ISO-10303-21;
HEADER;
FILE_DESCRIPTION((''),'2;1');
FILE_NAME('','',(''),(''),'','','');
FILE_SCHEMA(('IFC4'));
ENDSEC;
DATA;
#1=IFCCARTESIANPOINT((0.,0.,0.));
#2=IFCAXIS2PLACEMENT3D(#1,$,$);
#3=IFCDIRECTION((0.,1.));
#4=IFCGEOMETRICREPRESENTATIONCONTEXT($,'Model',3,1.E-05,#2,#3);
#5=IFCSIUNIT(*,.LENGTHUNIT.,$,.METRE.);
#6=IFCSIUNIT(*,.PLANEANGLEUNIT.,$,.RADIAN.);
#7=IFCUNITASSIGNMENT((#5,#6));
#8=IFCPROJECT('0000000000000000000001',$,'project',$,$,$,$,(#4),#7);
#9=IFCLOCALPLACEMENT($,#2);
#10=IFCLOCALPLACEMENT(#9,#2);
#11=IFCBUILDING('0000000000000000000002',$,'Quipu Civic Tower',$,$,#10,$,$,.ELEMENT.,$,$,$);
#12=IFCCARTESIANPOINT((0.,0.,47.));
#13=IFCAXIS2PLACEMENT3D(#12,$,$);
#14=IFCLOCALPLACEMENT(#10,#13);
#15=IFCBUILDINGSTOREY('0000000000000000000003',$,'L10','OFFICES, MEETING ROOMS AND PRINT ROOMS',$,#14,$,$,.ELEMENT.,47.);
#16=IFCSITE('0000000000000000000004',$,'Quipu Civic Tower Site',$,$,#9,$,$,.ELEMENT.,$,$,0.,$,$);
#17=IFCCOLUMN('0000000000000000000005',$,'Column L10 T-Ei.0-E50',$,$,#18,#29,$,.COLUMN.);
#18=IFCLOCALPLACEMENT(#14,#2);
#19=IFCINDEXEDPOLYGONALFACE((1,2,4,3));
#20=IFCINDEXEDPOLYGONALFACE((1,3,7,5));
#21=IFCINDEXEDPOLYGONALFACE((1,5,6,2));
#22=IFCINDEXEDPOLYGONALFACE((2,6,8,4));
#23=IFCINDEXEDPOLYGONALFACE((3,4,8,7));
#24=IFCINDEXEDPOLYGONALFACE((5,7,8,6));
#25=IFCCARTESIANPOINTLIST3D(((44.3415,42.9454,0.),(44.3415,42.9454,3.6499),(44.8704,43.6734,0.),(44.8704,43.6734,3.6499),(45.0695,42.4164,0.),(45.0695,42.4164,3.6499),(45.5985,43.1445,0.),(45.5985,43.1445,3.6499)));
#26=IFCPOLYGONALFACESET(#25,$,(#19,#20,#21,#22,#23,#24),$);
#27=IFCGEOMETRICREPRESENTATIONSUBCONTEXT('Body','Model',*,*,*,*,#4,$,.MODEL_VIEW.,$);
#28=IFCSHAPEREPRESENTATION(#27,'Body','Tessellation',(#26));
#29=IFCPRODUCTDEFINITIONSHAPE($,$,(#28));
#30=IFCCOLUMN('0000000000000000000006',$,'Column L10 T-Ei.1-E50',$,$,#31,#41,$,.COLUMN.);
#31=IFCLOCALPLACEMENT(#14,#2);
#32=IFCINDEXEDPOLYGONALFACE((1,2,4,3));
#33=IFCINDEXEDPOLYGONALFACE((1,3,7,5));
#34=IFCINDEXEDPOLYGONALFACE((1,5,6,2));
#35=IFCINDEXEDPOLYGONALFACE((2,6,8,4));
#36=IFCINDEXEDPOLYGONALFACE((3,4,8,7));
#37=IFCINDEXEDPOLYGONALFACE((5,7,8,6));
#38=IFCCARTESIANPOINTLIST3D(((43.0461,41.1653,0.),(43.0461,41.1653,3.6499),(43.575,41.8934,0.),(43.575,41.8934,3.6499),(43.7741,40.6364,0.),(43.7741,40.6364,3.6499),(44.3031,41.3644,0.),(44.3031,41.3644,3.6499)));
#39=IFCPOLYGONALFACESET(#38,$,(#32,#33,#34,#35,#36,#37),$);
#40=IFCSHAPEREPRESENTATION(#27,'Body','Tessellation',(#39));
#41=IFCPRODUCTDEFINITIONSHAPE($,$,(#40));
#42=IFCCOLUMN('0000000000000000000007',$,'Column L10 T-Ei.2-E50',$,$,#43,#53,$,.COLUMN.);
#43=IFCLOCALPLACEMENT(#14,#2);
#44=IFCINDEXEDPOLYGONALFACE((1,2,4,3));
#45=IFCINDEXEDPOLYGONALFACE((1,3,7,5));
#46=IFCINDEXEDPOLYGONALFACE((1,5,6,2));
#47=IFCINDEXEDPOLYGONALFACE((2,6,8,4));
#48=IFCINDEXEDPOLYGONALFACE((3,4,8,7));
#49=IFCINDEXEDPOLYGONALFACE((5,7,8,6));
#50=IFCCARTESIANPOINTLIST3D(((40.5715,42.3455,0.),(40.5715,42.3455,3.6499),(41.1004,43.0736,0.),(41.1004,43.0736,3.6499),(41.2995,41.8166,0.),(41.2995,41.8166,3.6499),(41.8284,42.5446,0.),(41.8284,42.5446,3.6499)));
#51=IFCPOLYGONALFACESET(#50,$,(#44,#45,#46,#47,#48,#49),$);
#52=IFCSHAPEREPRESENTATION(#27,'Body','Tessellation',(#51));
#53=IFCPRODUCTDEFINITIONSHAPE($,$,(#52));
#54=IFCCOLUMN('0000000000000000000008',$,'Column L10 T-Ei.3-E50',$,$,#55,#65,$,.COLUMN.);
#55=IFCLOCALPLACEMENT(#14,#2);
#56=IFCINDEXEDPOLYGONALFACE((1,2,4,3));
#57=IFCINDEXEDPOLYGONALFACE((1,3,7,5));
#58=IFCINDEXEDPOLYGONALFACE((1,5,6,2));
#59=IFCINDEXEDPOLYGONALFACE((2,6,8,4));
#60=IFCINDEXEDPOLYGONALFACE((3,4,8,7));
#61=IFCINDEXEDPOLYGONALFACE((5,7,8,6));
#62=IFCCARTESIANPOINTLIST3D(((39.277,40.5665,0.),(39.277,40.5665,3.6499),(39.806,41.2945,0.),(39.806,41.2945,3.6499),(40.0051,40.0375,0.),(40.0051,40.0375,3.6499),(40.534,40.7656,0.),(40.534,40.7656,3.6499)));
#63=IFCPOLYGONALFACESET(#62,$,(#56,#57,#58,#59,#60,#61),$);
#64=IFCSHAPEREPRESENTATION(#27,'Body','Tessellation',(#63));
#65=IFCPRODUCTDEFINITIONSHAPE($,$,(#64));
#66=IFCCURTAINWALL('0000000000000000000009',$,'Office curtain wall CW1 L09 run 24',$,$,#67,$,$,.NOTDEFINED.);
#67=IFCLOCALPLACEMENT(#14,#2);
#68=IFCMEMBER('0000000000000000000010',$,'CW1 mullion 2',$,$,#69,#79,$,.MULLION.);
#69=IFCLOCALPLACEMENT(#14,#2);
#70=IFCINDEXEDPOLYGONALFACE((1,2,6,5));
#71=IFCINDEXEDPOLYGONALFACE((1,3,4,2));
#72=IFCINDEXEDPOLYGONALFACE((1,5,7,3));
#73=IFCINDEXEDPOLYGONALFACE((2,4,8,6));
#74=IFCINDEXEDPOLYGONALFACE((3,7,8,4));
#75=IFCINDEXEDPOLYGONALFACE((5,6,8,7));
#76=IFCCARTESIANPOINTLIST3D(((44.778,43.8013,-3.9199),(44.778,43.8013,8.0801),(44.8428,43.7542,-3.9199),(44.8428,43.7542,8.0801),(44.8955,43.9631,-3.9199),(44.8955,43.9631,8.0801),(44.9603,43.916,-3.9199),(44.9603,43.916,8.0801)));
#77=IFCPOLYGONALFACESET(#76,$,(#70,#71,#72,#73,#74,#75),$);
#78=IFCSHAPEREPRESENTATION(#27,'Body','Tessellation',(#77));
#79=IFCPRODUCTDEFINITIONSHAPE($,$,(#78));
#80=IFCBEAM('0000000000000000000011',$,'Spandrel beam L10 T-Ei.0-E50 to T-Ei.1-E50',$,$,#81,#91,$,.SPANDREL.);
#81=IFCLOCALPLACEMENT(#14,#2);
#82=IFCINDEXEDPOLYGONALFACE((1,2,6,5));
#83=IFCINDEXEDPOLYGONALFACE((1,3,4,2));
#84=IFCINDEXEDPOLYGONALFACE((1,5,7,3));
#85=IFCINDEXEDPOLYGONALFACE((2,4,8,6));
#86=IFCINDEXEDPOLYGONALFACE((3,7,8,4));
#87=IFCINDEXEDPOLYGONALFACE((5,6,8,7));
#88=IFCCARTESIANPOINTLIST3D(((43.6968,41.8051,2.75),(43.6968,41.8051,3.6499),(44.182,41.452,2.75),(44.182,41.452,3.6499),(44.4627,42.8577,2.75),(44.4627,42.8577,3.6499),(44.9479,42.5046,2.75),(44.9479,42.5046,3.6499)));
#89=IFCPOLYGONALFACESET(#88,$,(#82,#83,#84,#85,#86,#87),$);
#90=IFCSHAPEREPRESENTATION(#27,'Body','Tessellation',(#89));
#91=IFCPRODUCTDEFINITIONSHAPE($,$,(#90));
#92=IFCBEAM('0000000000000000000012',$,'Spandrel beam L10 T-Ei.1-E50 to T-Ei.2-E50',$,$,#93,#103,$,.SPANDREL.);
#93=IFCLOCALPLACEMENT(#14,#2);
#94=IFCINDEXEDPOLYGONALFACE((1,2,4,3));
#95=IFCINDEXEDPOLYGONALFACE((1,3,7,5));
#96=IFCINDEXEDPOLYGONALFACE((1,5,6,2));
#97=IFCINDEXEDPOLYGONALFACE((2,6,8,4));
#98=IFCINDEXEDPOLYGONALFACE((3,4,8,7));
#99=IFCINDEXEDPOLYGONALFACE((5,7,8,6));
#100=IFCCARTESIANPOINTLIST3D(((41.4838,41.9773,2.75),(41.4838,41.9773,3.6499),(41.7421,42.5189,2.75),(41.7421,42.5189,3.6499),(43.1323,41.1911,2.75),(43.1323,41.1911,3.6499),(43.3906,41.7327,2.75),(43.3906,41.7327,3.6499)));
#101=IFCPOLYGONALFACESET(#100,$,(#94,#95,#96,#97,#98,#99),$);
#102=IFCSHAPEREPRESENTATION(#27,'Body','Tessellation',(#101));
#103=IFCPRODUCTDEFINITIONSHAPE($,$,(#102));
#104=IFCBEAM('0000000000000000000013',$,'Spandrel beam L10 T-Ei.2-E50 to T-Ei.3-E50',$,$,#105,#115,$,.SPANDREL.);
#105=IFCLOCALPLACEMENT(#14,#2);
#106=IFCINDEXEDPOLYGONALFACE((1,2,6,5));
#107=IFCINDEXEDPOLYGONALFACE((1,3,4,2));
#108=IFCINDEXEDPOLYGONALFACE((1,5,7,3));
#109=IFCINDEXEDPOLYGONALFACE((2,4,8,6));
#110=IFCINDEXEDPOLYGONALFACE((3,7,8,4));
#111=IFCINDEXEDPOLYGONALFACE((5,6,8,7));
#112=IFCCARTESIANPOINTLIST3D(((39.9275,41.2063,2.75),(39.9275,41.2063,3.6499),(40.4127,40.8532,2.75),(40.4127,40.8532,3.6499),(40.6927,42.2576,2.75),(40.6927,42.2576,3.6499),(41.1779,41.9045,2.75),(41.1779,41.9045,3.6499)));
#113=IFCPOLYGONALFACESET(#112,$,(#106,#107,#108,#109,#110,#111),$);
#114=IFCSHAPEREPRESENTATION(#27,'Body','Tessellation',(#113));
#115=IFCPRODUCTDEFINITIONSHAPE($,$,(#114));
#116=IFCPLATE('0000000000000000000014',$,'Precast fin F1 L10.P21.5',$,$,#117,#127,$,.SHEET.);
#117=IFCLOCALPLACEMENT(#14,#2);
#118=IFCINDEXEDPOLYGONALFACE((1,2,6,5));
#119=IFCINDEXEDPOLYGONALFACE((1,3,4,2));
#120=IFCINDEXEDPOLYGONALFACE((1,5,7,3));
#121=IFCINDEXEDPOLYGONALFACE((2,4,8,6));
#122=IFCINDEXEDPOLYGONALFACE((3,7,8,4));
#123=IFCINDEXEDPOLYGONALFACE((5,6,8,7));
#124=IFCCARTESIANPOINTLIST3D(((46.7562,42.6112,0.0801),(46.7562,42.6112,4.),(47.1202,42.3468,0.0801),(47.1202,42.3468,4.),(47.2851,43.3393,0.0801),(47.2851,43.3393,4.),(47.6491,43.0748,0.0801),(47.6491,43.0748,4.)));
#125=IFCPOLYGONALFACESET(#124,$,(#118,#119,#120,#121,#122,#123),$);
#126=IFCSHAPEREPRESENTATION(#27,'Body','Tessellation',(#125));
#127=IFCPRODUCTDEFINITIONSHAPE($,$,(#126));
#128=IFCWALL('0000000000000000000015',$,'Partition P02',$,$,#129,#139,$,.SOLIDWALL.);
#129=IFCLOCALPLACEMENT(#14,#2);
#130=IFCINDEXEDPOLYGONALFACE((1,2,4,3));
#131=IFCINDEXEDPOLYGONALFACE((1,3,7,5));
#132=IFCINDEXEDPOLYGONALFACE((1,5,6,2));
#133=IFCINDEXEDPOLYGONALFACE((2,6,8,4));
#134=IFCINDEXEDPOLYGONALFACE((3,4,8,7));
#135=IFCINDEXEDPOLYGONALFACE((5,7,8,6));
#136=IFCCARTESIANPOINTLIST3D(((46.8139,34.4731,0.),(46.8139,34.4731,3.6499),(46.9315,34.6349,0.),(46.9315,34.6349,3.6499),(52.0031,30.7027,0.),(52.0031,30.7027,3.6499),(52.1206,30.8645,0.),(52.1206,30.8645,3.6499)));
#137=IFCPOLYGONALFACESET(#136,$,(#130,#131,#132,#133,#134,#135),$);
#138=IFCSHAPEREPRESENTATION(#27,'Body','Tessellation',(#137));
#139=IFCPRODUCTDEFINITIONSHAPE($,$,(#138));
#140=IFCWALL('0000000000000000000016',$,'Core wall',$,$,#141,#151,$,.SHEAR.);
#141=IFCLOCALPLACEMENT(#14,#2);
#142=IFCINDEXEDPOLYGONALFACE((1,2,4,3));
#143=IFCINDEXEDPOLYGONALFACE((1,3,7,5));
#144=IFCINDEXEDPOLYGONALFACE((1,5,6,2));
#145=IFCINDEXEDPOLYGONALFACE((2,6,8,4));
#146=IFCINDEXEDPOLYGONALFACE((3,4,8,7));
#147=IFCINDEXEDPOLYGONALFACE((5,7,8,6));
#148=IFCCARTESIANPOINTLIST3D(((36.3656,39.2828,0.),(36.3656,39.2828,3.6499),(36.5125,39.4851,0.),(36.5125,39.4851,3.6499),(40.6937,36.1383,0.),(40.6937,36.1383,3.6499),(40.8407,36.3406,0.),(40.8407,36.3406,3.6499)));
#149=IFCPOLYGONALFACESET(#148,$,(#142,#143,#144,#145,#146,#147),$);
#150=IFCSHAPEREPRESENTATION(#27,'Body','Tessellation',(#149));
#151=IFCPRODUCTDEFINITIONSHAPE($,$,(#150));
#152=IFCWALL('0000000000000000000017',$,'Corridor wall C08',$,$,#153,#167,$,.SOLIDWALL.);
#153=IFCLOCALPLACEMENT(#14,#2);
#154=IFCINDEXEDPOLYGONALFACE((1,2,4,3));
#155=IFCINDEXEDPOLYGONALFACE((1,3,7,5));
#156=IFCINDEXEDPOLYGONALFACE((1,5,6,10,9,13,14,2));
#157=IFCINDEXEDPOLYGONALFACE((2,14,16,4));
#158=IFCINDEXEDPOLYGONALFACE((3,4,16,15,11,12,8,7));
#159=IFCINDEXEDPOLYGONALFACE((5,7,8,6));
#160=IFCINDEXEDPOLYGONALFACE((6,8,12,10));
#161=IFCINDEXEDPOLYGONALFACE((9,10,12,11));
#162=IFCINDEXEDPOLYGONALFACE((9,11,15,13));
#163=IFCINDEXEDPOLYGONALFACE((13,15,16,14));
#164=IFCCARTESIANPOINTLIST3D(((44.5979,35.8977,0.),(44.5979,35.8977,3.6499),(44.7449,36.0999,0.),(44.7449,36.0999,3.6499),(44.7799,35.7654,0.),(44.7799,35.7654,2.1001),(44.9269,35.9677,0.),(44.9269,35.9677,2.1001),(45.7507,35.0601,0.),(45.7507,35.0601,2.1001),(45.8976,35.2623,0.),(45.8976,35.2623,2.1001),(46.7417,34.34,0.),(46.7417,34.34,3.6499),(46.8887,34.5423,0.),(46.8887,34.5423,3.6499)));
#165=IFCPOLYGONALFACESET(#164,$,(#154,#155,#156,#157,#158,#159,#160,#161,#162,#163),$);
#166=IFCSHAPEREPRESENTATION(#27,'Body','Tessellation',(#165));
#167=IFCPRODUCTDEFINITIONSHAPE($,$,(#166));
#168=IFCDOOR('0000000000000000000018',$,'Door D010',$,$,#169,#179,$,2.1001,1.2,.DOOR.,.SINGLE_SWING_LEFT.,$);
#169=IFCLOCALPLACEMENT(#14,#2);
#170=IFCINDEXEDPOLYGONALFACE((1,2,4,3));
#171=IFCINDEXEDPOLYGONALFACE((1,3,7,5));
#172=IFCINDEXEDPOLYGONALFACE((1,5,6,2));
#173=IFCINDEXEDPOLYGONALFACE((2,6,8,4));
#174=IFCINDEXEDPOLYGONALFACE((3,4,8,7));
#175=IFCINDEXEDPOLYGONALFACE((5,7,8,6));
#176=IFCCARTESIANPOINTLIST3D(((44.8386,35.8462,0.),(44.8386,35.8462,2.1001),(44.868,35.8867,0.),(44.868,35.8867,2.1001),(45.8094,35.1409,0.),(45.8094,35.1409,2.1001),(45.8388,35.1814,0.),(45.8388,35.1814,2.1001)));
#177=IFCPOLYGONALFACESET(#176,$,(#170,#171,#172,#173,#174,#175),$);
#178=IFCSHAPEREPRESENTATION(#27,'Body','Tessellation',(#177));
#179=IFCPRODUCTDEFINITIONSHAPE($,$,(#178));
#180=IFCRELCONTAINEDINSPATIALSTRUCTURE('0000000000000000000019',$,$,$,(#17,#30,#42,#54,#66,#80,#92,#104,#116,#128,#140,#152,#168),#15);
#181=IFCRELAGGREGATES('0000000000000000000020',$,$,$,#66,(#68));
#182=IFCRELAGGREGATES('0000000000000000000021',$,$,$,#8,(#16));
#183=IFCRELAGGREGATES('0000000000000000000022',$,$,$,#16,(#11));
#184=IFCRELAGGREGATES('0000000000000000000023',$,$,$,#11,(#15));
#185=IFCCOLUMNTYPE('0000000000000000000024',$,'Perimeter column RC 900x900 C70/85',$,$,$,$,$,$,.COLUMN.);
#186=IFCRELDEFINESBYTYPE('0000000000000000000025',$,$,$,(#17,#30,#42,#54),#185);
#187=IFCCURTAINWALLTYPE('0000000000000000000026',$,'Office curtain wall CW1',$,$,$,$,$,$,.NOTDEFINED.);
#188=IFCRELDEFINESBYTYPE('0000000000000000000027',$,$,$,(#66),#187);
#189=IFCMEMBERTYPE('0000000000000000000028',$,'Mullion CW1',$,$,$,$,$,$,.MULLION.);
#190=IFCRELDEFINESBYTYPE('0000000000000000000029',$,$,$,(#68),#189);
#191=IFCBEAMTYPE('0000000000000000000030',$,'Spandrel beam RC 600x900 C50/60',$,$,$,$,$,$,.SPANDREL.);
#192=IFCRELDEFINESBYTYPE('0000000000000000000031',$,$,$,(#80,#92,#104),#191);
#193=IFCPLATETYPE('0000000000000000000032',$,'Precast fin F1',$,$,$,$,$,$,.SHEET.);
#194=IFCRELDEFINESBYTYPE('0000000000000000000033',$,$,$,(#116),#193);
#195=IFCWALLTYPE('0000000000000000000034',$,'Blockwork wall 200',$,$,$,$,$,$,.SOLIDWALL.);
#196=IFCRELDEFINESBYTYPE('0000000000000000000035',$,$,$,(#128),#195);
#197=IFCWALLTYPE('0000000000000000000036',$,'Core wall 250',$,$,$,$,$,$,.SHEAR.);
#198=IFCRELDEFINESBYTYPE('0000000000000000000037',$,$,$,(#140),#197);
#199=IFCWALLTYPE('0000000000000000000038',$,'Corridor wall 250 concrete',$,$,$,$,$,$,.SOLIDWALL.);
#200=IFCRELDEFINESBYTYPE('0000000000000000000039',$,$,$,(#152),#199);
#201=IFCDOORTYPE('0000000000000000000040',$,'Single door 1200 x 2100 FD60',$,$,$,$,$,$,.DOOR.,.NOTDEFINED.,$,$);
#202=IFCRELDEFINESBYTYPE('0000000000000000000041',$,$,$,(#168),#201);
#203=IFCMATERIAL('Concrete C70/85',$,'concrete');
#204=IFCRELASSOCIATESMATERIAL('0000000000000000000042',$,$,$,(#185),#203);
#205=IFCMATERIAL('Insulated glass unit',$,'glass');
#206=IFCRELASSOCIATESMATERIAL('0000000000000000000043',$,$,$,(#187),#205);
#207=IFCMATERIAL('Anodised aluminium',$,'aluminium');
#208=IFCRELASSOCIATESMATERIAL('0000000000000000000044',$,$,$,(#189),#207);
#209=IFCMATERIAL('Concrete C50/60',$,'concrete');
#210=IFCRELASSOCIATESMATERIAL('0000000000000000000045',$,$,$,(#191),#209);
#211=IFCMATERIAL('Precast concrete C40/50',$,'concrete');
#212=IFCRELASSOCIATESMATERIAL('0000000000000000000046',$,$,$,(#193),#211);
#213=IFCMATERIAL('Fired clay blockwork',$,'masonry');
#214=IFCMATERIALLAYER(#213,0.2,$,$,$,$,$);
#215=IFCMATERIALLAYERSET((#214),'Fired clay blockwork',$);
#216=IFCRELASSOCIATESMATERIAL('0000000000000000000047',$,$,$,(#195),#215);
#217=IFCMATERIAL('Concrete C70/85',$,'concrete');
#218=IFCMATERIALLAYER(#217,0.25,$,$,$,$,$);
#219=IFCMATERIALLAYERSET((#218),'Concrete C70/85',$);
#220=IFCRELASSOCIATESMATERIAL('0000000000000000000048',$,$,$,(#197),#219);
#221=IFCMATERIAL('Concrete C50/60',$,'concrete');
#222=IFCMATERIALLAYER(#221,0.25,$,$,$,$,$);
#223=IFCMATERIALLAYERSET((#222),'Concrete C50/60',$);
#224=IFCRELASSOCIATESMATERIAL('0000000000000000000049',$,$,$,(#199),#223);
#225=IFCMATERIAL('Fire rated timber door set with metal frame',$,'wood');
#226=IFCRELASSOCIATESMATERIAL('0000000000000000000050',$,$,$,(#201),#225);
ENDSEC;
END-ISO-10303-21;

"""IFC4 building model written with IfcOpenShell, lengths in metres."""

from ifc_helpers import new_model, si_unit, direction, frame, frame_2d, origin, origin_2d, place, context, subcontext, project, spatial, rectangle, extrude, material, layer, layer_set, material_profile, profile_set, type_object, element, fill, aggregate, save


model = new_model("IFC4")

# Units and contexts
model_context = context("Model", 3, precision=1e-05, world=origin(), true_north=direction((0.0, 1.0)))
body_context = subcontext(model_context, "Body", "Model", "MODEL_VIEW")
ifc_project = project(units=[si_unit("LENGTHUNIT", "METRE"), si_unit("PLANEANGLEUNIT", "RADIAN")], contexts=[model_context])

# Site, building, storey
site_placement = place(None, origin())
site = spatial("IfcSite", under=ifc_project, at=site_placement, Name="Quipu Civic Tower Site", CompositionType="ELEMENT", RefElevation=0.0)
building_placement = place(site_placement, origin())
building = spatial("IfcBuilding", under=site, at=building_placement, Name="Quipu Civic Tower", CompositionType="ELEMENT")
storey_placement = place(building_placement, frame((0.0, 0.0, 47.0)))
storey = spatial("IfcBuildingStorey", under=building, at=storey_placement, Name="L10", Description="OFFICES, MEETING ROOMS AND PRINT ROOMS", CompositionType="ELEMENT", Elevation=47.0)

# Columns
ifc_material_1 = material(Name="Concrete C70/85", Category="concrete")
ifc_material_profile_1 = material_profile(ifc_material_1, rectangle(XDim=0.8999, YDim=0.8999, at=origin_2d()), Name="RC900x900")
ifc_profile_set_1 = profile_set([ifc_material_profile_1], Name="Concrete C70/85")
column_type = type_object("IfcColumnType", Name="Perimeter column RC 900x900 C70/85", PredefinedType="COLUMN", material=ifc_profile_set_1)
for number, where, z_axis, x_axis, name in (
    (1, (44.97, 43.0449, 0.0), (0.0, 0.0, 1.0), (-0.809017, 0.587785, 0.0), "Column L10 T-Ei.0-E50"),
    (2, (43.6746, 41.2649, 0.0), (0.0, 0.0, 1.0), (-0.809017, 0.587785, 0.0), "Column L10 T-Ei.1-E50"),
    (3, (41.2, 42.4451, 0.0), (0.0, 0.0, 1.0), (-0.587785, -0.809017, 0.0), "Column L10 T-Ei.2-E50"),
    (4, (39.9055, 40.666, 0.0), (0.0, 0.0, 1.0), (-0.587785, -0.809017, 0.0), "Column L10 T-Ei.3-E50"),
):
    element("IfcColumn", number, at=place(storey_placement, frame(where, z_axis=z_axis, x_axis=x_axis)), inside=storey, type_object=column_type, Name=name, PredefinedType="COLUMN", context=body_context, shape_type="SweptSolid", body=[
        extrude(rectangle(XDim=0.8999, YDim=0.8999, at=origin_2d()), origin(), (0.0, 0.0, 1.0), 3.6499),
    ])

# Curtain wall, member
ifc_material_2 = material(Name="Insulated glass unit", Category="glass")
curtain_wall_type = type_object("IfcCurtainWallType", Name="Office curtain wall CW1", PredefinedType="NOTDEFINED", material=ifc_material_2)
curtain_wall_placement = place(storey_placement, origin())
curtain_wall = element("IfcCurtainWall", 5, at=curtain_wall_placement, inside=storey, type_object=curtain_wall_type, Name="Office curtain wall CW1 L09 run 24", PredefinedType="NOTDEFINED")
ifc_material_3 = material(Name="Anodised aluminium", Category="aluminium")
ifc_material_profile_2 = material_profile(ifc_material_3, rectangle(XDim=0.2, YDim=0.0801, at=origin_2d()), Name="RECT 200x80")
ifc_profile_set_2 = profile_set([ifc_material_profile_2], Name="Anodised aluminium")
member_type = type_object("IfcMemberType", Name="Mullion CW1", PredefinedType="MULLION", material=ifc_profile_set_2)
member_placement = place(storey_placement, frame((44.8691, 43.8586, -3.9199), z_axis=(0.0, 0.0, 1.0), x_axis=(-0.587782, -0.809019, 0.0)))
member = element("IfcMember", 6, at=member_placement, type_object=member_type, Name="CW1 mullion 2", PredefinedType="MULLION", context=body_context, shape_type="SweptSolid", body=[
    extrude(rectangle(XDim=0.2, YDim=0.0801, at=origin_2d()), origin(), (0.0, 0.0, 1.0), 12.0),
])
aggregate(curtain_wall, [member])

# Beams
ifc_material_4 = material(Name="Concrete C50/60", Category="concrete")
ifc_material_profile_3 = material_profile(ifc_material_4, rectangle(XDim=0.6001, YDim=0.8999, at=origin_2d()), Name="RC600x900")
ifc_profile_set_3 = profile_set([ifc_material_profile_3], Name="Concrete C50/60")
beam_type = type_object("IfcBeamType", Name="Spandrel beam RC 600x900 C50/60", PredefinedType="SPANDREL", material=ifc_profile_set_3)
beam_1_placement = place(storey_placement, frame((44.7053, 42.6812, 3.2), z_axis=(-0.588384, -0.808582, 0.0), x_axis=(0.808582, -0.588384, 0.0)))
element("IfcBeam", 7, at=beam_1_placement, inside=storey, type_object=beam_type, Name="Spandrel beam L10 T-Ei.0-E50 to T-Ei.1-E50", PredefinedType="SPANDREL", context=body_context, shape_type="SweptSolid", body=[
    extrude(rectangle(XDim=0.6001, YDim=0.8999, at=origin_2d()), origin(), (0.0, 0.0, 1.0), 1.3018),
])
beam_2_placement = place(storey_placement, frame((43.2615, 41.4619, 3.2), z_axis=(-0.902613, 0.430452, 0.0), x_axis=(-0.430452, -0.902613, 0.0)))
element("IfcBeam", 8, at=beam_2_placement, inside=storey, type_object=beam_type, Name="Spandrel beam L10 T-Ei.1-E50 to T-Ei.2-E50", PredefinedType="SPANDREL", context=body_context, shape_type="SweptSolid", body=[
    extrude(rectangle(XDim=0.6001, YDim=0.8999, at=origin_2d()), origin(), (0.0, 0.0, 1.0), 1.8264),
])
beam_3_placement = place(storey_placement, frame((40.9353, 42.0811, 3.2), z_axis=(-0.588462, -0.808525, 0.0), x_axis=(0.808525, -0.588462, 0.0)))
element("IfcBeam", 9, at=beam_3_placement, inside=storey, type_object=beam_type, Name="Spandrel beam L10 T-Ei.2-E50 to T-Ei.3-E50", PredefinedType="SPANDREL", context=body_context, shape_type="SweptSolid", body=[
    extrude(rectangle(XDim=0.6001, YDim=0.8999, at=origin_2d()), origin(), (0.0, 0.0, 1.0), 1.3003),
])

# Plate
ifc_material_5 = material(Name="Precast concrete C40/50", Category="concrete")
plate_type = type_object("IfcPlateType", Name="Precast fin F1", PredefinedType="SHEET", material=ifc_material_5)
plate_placement = place(storey_placement, frame((47.2026, 42.843, 0.0801), z_axis=(0.0, 0.0, 1.0), x_axis=(-0.809021, 0.587779, 0.0)))
element("IfcPlate", 10, at=plate_placement, inside=storey, type_object=plate_type, Name="Precast fin F1 L10.P21.5", PredefinedType="SHEET", context=body_context, shape_type="SweptSolid", body=[
    extrude(rectangle(XDim=0.45, YDim=0.8999, at=origin_2d()), origin(), (0.0, 0.0, 1.0), 3.9199),
])

# Walls
ifc_material_6 = material(Name="Fired clay blockwork", Category="masonry")
ifc_layer_1 = layer(ifc_material_6, 0.2)
ifc_layer_set_1 = layer_set([ifc_layer_1], Name="Fired clay blockwork")
wall_type_1 = type_object("IfcWallType", Name="Blockwork wall 200", PredefinedType="SOLIDWALL", material=ifc_layer_set_1)
wall_1_placement = place(storey_placement, frame((46.8728, 34.554, 0.0), z_axis=(0.0, 0.0, 1.0), x_axis=(0.808993, -0.587819, 0.0)))
element("IfcWall", 11, at=wall_1_placement, inside=storey, type_object=wall_type_1, Name="Partition P02", PredefinedType="SOLIDWALL", context=body_context, shape_type="SweptSolid", body=[
    extrude(rectangle(XDim=6.4143, YDim=0.2, at=frame_2d((3.207, 0.0))), origin(), (0.0, 0.0, 1.0), 3.6499),
])
ifc_material_7 = material(Name="Concrete C70/85", Category="concrete")
ifc_layer_2 = layer(ifc_material_7, 0.25)
ifc_layer_set_2 = layer_set([ifc_layer_2], Name="Concrete C70/85")
wall_type_2 = type_object("IfcWallType", Name="Core wall 250", PredefinedType="SHEAR", material=ifc_layer_set_2)
wall_2_placement = place(storey_placement, frame((40.7671, 36.2395, 0.0), z_axis=(0.0, 0.0, 1.0), x_axis=(-0.80902, 0.587781, 0.0)))
element("IfcWall", 12, at=wall_2_placement, inside=storey, type_object=wall_type_2, Name="Core wall", PredefinedType="SHEAR", context=body_context, shape_type="SweptSolid", body=[
    extrude(rectangle(XDim=5.3499, YDim=0.25, at=frame_2d((2.6748, 0.0))), origin(), (0.0, 0.0, 1.0), 3.6499),
])

# Wall, opening, door
ifc_material_8 = material(Name="Concrete C50/60", Category="concrete")
ifc_layer_3 = layer(ifc_material_8, 0.25)
ifc_layer_set_3 = layer_set([ifc_layer_3], Name="Concrete C50/60")
wall_type_3 = type_object("IfcWallType", Name="Corridor wall 250 concrete", PredefinedType="SOLIDWALL", material=ifc_layer_set_3)
wall_3_placement = place(storey_placement, frame((44.6714, 35.9988, 0.0), z_axis=(0.0, 0.0, 1.0), x_axis=(0.809007, -0.587799, 0.0)))
wall_3 = element("IfcWall", 13, at=wall_3_placement, inside=storey, type_object=wall_type_3, Name="Corridor wall C08", PredefinedType="SOLIDWALL", context=body_context, shape_type="SweptSolid", body=[
    extrude(rectangle(XDim=2.6499, YDim=0.25, at=frame_2d((1.325, 0.0))), origin(), (0.0, 0.0, 1.0), 3.6499),
])
opening_1_placement = place(wall_3_placement, frame((0.2249, 0.0, 0.0)))
opening_1 = element("IfcOpeningElement", 14, at=opening_1_placement, cuts=wall_3, PredefinedType="OPENING", context=body_context, shape_type="SweptSolid", body=[
    extrude(rectangle(XDim=1.2, YDim=2.1001, at=frame_2d((0.6001, 1.05))), frame((0.0, 0.135, 0.0), z_axis=(0.0, -1.0, 0.0), x_axis=(1.0, 0.0, 0.0)), (0.0, 0.0, 1.0), 0.27),
])
ifc_material_9 = material(Name="Fire rated timber door set with metal frame", Category="wood")
door_type_1 = type_object("IfcDoorType", Name="Single door 1200 x 2100 FD60", OperationType="NOTDEFINED", PredefinedType="DOOR", material=ifc_material_9)
door_1_placement = place(opening_1_placement, origin())
door_1 = element("IfcDoor", 15, at=door_1_placement, inside=storey, type_object=door_type_1, Name="Door D010", OperationType="SINGLE_SWING_LEFT", OverallHeight=2.1001, OverallWidth=1.2, PredefinedType="DOOR", context=body_context, shape_type="SweptSolid", body=[
    extrude(rectangle(XDim=1.2, YDim=2.1001, at=frame_2d((0.6001, 1.05))), frame((0.0, 0.0249, 0.0), z_axis=(0.0, -1.0, 0.0), x_axis=(1.0, 0.0, 0.0)), (0.0, 0.0, 1.0), 0.05),
])
fill(opening_1, door_1)

save(model, "model.ifc")
